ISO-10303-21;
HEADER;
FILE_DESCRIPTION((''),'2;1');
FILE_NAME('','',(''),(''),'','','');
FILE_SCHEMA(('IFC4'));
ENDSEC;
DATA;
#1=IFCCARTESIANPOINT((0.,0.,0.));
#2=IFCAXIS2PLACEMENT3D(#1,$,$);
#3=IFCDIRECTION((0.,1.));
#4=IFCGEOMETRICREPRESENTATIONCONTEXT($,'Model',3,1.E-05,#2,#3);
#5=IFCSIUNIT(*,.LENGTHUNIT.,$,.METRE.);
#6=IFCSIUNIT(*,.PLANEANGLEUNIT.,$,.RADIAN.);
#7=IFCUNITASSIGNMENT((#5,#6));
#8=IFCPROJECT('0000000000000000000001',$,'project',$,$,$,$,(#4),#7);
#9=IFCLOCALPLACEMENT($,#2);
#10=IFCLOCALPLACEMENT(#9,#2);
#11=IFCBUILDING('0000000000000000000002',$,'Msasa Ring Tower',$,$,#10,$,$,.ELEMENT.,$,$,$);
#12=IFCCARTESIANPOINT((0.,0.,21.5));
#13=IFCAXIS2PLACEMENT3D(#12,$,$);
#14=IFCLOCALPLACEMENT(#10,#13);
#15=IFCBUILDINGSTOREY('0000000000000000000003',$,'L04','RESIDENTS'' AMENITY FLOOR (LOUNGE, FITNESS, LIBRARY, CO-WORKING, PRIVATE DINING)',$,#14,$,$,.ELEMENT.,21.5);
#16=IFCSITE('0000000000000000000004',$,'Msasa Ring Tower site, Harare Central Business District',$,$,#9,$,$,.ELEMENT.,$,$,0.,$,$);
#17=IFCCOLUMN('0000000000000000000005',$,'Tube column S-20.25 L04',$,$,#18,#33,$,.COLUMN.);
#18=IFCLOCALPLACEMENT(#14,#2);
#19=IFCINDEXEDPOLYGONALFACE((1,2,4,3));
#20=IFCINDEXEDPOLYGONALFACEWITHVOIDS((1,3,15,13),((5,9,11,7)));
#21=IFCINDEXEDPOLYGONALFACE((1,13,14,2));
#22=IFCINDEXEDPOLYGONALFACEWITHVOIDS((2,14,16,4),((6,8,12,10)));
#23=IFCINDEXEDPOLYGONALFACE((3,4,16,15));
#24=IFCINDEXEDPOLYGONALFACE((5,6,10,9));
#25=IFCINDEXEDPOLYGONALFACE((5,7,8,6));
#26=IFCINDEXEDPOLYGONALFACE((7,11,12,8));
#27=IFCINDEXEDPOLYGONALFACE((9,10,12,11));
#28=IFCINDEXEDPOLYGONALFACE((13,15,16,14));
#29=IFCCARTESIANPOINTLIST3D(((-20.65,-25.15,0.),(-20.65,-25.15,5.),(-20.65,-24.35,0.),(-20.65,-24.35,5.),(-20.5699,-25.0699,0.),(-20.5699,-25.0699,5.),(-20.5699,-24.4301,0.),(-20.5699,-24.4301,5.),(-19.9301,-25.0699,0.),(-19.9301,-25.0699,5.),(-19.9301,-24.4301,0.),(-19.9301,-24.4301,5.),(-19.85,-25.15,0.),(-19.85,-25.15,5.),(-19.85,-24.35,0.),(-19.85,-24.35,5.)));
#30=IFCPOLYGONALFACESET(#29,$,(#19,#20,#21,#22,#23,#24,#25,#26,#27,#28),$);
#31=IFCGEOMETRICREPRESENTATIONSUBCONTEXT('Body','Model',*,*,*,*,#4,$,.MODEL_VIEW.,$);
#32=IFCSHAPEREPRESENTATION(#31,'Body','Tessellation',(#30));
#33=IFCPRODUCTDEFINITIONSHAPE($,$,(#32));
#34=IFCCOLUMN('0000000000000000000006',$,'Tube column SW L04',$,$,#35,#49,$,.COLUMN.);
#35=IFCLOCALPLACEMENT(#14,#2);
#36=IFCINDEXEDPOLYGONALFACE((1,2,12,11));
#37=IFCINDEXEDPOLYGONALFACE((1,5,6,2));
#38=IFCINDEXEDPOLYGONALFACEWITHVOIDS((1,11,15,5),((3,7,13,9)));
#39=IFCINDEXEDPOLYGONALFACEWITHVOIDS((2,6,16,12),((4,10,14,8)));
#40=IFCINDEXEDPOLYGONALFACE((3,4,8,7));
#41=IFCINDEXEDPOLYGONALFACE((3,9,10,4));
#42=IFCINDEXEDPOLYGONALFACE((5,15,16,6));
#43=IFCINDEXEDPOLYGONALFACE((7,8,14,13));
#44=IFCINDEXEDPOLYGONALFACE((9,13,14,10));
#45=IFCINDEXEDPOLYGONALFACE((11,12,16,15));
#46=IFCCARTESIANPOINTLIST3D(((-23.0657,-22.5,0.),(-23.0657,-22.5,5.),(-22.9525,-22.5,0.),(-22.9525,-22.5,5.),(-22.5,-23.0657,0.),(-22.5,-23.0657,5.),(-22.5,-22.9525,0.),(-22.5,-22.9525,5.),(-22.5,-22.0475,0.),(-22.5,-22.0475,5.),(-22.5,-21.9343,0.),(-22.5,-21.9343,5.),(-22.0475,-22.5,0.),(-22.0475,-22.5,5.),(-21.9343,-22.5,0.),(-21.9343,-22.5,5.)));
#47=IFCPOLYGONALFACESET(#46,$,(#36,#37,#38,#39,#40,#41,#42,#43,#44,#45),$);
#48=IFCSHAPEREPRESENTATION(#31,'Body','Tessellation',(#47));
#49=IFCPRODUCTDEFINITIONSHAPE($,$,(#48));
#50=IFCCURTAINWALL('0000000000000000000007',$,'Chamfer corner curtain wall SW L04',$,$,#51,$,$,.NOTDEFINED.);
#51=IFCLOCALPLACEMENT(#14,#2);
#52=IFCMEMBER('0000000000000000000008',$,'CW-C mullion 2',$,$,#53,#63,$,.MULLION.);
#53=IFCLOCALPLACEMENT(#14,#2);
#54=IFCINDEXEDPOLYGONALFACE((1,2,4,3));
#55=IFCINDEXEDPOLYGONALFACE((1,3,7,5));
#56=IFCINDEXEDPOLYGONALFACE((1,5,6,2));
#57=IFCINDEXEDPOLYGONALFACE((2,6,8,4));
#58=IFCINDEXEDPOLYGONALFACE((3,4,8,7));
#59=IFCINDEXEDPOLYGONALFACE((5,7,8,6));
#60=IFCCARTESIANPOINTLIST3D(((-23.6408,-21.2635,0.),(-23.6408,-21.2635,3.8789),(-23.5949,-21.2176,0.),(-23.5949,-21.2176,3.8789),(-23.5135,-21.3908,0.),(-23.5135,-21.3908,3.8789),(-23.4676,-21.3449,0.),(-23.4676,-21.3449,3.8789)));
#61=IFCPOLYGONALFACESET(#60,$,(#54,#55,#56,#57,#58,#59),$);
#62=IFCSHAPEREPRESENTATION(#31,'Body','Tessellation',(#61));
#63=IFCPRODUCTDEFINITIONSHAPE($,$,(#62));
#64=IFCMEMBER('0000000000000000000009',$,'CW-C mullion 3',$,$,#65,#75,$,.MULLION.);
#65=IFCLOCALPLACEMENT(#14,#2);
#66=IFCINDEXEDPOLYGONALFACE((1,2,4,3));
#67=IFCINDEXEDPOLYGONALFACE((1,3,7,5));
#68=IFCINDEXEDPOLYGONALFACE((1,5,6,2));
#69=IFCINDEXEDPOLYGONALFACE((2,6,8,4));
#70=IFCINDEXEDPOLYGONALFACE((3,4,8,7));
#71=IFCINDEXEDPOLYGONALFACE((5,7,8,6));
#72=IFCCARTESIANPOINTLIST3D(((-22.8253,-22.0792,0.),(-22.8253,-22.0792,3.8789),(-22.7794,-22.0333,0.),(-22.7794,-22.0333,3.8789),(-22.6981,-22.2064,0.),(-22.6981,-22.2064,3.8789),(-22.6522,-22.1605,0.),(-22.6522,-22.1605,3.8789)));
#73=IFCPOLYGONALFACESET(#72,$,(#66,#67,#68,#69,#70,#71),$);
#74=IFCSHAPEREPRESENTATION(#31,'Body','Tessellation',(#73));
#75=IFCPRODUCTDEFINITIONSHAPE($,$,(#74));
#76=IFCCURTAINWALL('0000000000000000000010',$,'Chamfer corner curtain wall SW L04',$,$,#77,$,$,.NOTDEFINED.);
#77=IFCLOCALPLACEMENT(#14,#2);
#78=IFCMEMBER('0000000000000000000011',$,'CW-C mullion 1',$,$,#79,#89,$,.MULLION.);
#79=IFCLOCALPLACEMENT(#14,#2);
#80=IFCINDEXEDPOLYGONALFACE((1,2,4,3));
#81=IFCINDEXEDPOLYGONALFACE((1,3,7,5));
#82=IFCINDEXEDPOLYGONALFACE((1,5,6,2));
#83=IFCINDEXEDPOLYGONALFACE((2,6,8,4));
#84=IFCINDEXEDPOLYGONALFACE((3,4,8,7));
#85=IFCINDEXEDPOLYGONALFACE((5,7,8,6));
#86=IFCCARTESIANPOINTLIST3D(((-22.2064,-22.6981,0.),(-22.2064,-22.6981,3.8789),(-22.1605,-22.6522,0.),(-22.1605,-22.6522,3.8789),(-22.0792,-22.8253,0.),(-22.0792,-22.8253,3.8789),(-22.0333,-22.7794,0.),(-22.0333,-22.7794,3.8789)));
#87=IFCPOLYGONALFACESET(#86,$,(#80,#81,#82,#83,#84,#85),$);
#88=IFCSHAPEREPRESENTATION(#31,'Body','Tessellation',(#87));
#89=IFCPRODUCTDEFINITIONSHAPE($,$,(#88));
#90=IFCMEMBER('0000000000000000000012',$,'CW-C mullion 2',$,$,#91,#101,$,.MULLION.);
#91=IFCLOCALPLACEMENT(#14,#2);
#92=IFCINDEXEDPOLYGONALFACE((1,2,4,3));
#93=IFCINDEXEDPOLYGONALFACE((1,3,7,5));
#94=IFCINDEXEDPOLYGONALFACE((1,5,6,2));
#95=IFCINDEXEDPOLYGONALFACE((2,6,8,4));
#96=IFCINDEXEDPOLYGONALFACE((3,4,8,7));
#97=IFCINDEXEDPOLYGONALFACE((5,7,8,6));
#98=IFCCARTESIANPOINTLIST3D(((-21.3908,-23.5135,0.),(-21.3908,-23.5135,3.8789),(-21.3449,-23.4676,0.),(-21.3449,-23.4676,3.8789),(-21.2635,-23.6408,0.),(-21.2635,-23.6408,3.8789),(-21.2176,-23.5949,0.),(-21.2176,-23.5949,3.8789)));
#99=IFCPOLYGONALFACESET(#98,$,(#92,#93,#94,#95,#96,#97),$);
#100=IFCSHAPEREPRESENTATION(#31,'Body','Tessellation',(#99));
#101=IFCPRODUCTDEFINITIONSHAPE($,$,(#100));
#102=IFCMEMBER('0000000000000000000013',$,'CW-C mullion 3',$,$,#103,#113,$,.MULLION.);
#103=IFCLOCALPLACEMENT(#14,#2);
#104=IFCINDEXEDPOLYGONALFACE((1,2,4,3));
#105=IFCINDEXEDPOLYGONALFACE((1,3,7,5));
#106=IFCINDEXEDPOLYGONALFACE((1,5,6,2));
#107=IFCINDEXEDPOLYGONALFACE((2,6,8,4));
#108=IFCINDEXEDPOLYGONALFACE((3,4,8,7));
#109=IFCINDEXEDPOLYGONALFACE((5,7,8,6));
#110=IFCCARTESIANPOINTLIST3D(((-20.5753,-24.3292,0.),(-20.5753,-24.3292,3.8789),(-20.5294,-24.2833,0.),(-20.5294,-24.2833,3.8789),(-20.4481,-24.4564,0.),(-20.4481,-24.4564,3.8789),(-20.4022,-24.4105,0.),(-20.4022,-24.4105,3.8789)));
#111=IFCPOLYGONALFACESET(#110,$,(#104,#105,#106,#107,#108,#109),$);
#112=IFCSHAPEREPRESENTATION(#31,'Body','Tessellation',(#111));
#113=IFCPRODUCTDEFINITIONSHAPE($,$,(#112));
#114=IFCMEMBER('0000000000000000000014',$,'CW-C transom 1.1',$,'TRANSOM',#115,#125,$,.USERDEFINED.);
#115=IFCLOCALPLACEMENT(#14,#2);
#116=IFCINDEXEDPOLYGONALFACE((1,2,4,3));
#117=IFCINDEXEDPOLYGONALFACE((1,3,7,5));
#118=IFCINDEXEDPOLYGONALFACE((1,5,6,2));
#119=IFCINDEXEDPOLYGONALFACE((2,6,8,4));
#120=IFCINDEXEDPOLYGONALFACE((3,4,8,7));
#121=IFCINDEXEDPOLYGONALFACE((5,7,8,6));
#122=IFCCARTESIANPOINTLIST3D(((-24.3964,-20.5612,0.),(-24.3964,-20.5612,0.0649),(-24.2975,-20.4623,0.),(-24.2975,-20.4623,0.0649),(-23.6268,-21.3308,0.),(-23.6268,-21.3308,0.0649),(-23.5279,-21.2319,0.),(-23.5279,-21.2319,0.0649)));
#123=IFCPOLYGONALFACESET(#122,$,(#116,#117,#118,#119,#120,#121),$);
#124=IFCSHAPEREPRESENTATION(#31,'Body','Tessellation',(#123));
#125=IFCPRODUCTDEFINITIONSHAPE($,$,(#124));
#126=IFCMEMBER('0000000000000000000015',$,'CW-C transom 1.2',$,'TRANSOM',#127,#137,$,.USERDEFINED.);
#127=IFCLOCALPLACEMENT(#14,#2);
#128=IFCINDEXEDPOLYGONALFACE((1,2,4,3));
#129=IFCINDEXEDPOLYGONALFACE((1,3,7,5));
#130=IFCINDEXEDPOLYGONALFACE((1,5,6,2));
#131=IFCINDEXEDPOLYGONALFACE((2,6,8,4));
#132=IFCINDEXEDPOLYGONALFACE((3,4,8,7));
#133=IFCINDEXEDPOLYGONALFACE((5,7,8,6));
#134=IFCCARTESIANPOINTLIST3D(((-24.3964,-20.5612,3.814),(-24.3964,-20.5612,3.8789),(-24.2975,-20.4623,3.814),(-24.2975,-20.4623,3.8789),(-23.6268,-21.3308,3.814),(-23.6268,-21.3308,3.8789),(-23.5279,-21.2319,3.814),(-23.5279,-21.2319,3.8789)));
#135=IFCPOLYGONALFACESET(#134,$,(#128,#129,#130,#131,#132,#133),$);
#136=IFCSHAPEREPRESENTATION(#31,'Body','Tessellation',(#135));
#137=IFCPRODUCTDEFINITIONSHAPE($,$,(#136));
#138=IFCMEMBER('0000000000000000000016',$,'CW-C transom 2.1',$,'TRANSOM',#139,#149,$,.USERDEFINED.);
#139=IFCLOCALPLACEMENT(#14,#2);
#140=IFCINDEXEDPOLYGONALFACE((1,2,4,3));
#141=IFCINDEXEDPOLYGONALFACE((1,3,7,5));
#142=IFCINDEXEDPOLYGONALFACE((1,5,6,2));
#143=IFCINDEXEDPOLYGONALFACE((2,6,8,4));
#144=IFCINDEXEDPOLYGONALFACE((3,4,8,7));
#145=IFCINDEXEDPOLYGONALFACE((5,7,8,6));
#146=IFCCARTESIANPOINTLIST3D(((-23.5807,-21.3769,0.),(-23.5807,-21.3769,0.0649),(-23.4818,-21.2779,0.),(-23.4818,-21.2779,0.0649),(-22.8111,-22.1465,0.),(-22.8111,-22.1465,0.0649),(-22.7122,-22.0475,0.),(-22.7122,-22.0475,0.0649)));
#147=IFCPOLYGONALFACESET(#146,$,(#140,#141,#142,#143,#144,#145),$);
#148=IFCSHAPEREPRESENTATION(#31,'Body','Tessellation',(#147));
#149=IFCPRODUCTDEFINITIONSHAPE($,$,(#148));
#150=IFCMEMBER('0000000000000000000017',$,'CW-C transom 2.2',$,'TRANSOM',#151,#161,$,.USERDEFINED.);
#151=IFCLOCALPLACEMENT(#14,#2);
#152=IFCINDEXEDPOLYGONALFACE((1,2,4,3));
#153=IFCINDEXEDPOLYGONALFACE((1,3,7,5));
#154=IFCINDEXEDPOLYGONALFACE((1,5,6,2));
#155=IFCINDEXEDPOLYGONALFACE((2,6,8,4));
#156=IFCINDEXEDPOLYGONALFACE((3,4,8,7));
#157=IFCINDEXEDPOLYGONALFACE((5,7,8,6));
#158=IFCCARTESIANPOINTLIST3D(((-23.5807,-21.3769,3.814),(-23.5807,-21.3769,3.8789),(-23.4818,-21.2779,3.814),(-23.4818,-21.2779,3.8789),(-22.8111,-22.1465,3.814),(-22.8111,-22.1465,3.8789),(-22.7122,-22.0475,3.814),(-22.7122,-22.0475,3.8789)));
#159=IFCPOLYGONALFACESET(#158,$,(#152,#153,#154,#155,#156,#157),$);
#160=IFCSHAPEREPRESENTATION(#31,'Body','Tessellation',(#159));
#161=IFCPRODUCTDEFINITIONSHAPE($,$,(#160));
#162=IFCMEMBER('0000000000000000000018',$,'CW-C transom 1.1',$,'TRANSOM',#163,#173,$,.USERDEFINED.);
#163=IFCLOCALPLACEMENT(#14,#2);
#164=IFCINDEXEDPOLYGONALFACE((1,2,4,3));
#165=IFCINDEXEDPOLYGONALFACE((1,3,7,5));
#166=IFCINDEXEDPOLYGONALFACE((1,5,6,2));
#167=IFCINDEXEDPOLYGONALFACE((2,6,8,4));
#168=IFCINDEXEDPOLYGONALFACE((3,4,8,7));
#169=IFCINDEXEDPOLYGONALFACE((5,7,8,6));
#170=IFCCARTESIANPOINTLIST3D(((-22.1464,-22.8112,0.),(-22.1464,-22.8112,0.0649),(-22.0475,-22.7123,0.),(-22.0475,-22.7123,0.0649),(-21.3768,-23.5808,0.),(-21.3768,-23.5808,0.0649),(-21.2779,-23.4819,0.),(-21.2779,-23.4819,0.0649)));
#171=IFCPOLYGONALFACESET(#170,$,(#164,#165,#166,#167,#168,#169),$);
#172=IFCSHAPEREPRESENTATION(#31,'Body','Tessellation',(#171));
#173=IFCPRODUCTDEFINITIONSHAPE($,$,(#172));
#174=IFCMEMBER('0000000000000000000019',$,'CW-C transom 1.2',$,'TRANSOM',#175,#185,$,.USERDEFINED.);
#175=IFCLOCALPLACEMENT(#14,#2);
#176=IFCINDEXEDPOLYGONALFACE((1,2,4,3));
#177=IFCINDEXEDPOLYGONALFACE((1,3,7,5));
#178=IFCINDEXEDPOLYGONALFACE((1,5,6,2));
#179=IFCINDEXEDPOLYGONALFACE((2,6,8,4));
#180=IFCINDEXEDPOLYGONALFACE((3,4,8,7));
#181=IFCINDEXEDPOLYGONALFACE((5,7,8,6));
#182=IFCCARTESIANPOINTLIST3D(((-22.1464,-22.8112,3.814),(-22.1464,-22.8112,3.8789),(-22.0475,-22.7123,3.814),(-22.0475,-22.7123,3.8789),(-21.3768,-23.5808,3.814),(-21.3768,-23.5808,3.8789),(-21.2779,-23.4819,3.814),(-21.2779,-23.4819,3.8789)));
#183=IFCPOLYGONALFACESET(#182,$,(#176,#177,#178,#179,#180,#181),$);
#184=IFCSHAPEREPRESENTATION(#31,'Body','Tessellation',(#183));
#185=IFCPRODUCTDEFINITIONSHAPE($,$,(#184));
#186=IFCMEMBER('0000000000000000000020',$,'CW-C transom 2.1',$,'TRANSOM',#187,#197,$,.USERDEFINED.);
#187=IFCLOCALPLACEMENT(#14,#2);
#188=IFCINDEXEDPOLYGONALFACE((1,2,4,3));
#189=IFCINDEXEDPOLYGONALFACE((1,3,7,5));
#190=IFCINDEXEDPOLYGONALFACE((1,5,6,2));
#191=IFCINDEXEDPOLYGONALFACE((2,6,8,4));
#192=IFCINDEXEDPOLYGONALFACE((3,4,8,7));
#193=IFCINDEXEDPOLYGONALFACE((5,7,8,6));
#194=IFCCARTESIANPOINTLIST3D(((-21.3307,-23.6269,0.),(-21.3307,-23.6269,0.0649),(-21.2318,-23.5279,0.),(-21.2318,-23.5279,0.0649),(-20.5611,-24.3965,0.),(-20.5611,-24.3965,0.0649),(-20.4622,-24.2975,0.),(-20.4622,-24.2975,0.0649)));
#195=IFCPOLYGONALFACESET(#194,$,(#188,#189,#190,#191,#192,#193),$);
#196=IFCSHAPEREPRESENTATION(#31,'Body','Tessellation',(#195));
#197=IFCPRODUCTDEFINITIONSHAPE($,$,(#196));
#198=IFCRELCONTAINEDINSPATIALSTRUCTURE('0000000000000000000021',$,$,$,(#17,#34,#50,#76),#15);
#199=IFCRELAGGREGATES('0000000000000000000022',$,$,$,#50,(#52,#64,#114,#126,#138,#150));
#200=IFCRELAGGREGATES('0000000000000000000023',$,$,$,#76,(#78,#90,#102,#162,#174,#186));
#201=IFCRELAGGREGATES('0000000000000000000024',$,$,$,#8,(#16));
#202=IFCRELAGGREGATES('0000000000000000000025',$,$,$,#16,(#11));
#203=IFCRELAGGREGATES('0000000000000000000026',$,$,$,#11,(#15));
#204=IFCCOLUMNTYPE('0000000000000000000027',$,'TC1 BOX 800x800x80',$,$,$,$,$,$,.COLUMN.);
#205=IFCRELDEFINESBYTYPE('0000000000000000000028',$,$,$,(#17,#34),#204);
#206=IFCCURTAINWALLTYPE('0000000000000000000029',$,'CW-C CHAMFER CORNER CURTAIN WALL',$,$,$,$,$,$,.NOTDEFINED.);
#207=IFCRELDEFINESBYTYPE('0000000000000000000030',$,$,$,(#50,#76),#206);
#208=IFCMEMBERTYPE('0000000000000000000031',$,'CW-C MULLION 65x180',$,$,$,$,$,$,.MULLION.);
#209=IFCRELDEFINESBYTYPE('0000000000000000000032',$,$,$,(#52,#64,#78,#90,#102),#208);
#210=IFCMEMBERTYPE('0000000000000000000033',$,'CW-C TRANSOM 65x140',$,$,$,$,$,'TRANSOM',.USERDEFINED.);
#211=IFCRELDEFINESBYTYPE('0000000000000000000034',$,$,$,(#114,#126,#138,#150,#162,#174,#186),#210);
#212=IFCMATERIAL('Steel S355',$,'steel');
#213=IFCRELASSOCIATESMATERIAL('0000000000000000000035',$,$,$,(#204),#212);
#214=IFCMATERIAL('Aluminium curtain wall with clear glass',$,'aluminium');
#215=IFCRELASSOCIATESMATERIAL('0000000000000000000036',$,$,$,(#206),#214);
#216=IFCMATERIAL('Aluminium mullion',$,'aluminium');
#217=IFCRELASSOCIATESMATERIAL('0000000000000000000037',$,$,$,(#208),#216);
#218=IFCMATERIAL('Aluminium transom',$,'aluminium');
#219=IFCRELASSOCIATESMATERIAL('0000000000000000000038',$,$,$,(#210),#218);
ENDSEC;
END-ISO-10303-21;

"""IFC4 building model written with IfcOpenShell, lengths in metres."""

from ifc_helpers import new_model, si_unit, direction, frame, origin, origin_2d, place, context, subcontext, project, spatial, rectangle, hollow_rectangle, extrude, material, material_profile, profile_set, type_object, element, aggregate, save


model = new_model("IFC4")

# Units and contexts
model_context = context("Model", 3, precision=1e-05, world=origin(), true_north=direction((0.0, 1.0)))
body_context = subcontext(model_context, "Body", "Model", "MODEL_VIEW")
ifc_project = project(units=[si_unit("LENGTHUNIT", "METRE"), si_unit("PLANEANGLEUNIT", "RADIAN")], contexts=[model_context])

# Site, building, storey
site_placement = place(None, origin())
site = spatial("IfcSite", under=ifc_project, at=site_placement, Name="Msasa Ring Tower site, Harare Central Business District", CompositionType="ELEMENT", RefElevation=0.0)
building_placement = place(site_placement, origin())
building = spatial("IfcBuilding", under=site, at=building_placement, Name="Msasa Ring Tower", CompositionType="ELEMENT")
storey_placement = place(building_placement, frame((0.0, 0.0, 21.5)))
storey = spatial("IfcBuildingStorey", under=building, at=storey_placement, Name="L04", Description="RESIDENTS' AMENITY FLOOR (LOUNGE, FITNESS, LIBRARY, CO-WORKING, PRIVATE DINING)", CompositionType="ELEMENT", Elevation=21.5)

# Columns
ifc_material_1 = material(Name="Steel S355", Category="steel")
ifc_material_profile_1 = material_profile(ifc_material_1, hollow_rectangle(XDim=0.8, YDim=0.8, WallThickness=0.0801, at=origin_2d()), Name="BOX 800x800x80")
ifc_profile_set_1 = profile_set([ifc_material_profile_1], Name="Steel S355")
column_type = type_object("IfcColumnType", Name="TC1 BOX 800x800x80", PredefinedType="COLUMN", material=ifc_profile_set_1)
for number, where, z_axis, x_axis, name in (
    (1, (-20.25, -24.75, 0.0), (0.0, 0.0, 1.0), (0.0, 1.0, 0.0), "Tube column S-20.25 L04"),
    (2, (-22.5, -22.5, 0.0), (0.0, 0.0, 1.0), (0.707107, 0.707107, 0.0), "Tube column SW L04"),
):
    element("IfcColumn", number, at=place(storey_placement, frame(where, z_axis=z_axis, x_axis=x_axis)), inside=storey, type_object=column_type, Name=name, PredefinedType="COLUMN", context=body_context, shape_type="SweptSolid", body=[
        extrude(hollow_rectangle(XDim=0.8, YDim=0.8, WallThickness=0.0801, at=origin_2d()), origin(), (0.0, 0.0, 1.0), 5.0),
    ])

# Curtain walls, members
ifc_material_2 = material(Name="Aluminium curtain wall with clear glass", Category="aluminium")
curtain_wall_type = type_object("IfcCurtainWallType", Name="CW-C CHAMFER CORNER CURTAIN WALL", PredefinedType="NOTDEFINED", material=ifc_material_2)
curtain_wall_1_placement = place(storey_placement, origin())
curtain_wall_1 = element("IfcCurtainWall", 3, at=curtain_wall_1_placement, inside=storey, type_object=curtain_wall_type, Name="Chamfer corner curtain wall SW L04", PredefinedType="NOTDEFINED")
ifc_material_3 = material(Name="Aluminium mullion", Category="aluminium")
ifc_material_profile_2 = material_profile(ifc_material_3, rectangle(XDim=0.0649, YDim=0.1799, at=origin_2d()), Name="AL 65x180")
ifc_profile_set_2 = profile_set([ifc_material_profile_2], Name="Aluminium mullion")
member_type_1 = type_object("IfcMemberType", Name="CW-C MULLION 65x180", PredefinedType="MULLION", material=ifc_profile_set_2)
member_1_placement = place(storey_placement, frame((-23.5542, -21.3042, 0.0), z_axis=(0.0, 0.0, 1.0), x_axis=(0.707107, 0.707107, 0.0)))
member_1 = element("IfcMember", 4, at=member_1_placement, type_object=member_type_1, Name="CW-C mullion 2", PredefinedType="MULLION", context=body_context, shape_type="SweptSolid", body=[
    extrude(rectangle(XDim=0.0649, YDim=0.1799, at=origin_2d()), origin(), (0.0, 0.0, 1.0), 3.8789),
])
member_2_placement = place(storey_placement, frame((-22.7388, -22.1199, 0.0), z_axis=(0.0, 0.0, 1.0), x_axis=(0.707107, 0.707107, 0.0)))
member_2 = element("IfcMember", 5, at=member_2_placement, type_object=member_type_1, Name="CW-C mullion 3", PredefinedType="MULLION", context=body_context, shape_type="SweptSolid", body=[
    extrude(rectangle(XDim=0.0649, YDim=0.1799, at=origin_2d()), origin(), (0.0, 0.0, 1.0), 3.8789),
])
curtain_wall_2_placement = place(storey_placement, origin())
curtain_wall_2 = element("IfcCurtainWall", 6, at=curtain_wall_2_placement, inside=storey, type_object=curtain_wall_type, Name="Chamfer corner curtain wall SW L04", PredefinedType="NOTDEFINED")
member_3_placement = place(storey_placement, frame((-22.1199, -22.7388, 0.0), z_axis=(0.0, 0.0, 1.0), x_axis=(0.707107, 0.707107, 0.0)))
member_3 = element("IfcMember", 7, at=member_3_placement, type_object=member_type_1, Name="CW-C mullion 1", PredefinedType="MULLION", context=body_context, shape_type="SweptSolid", body=[
    extrude(rectangle(XDim=0.0649, YDim=0.1799, at=origin_2d()), origin(), (0.0, 0.0, 1.0), 3.8789),
])
member_4_placement = place(storey_placement, frame((-21.3042, -23.5542, 0.0), z_axis=(0.0, 0.0, 1.0), x_axis=(0.707107, 0.707107, 0.0)))
member_4 = element("IfcMember", 8, at=member_4_placement, type_object=member_type_1, Name="CW-C mullion 2", PredefinedType="MULLION", context=body_context, shape_type="SweptSolid", body=[
    extrude(rectangle(XDim=0.0649, YDim=0.1799, at=origin_2d()), origin(), (0.0, 0.0, 1.0), 3.8789),
])
member_5_placement = place(storey_placement, frame((-20.4888, -24.3699, 0.0), z_axis=(0.0, 0.0, 1.0), x_axis=(0.707107, 0.707107, 0.0)))
member_5 = element("IfcMember", 9, at=member_5_placement, type_object=member_type_1, Name="CW-C mullion 3", PredefinedType="MULLION", context=body_context, shape_type="SweptSolid", body=[
    extrude(rectangle(XDim=0.0649, YDim=0.1799, at=origin_2d()), origin(), (0.0, 0.0, 1.0), 3.8789),
])

# Members
ifc_material_4 = material(Name="Aluminium transom", Category="aluminium")
ifc_material_profile_3 = material_profile(ifc_material_4, rectangle(XDim=0.1399, YDim=0.0649, at=origin_2d()), Name="AL 65x140")
ifc_profile_set_3 = profile_set([ifc_material_profile_3], Name="Aluminium transom")
member_type_2 = type_object("IfcMemberType", Name="CW-C TRANSOM 65x140", ElementType="TRANSOM", PredefinedType="USERDEFINED", material=ifc_profile_set_3)
member_6_placement = place(storey_placement, frame((-24.3469, -20.5117, 0.0325), z_axis=(0.707107, -0.707107, 0.0), x_axis=(0.707107, 0.707107, 0.0)))
member_6 = element("IfcMember", 10, at=member_6_placement, type_object=member_type_2, Name="CW-C transom 1.1", ObjectType="TRANSOM", PredefinedType="USERDEFINED", context=body_context, shape_type="SweptSolid", body=[
    extrude(rectangle(XDim=0.1399, YDim=0.0649, at=origin_2d()), origin(), (0.0, 0.0, 1.0), 1.0884),
])
member_7_placement = place(storey_placement, frame((-24.3469, -20.5117, 3.8464), z_axis=(0.707107, -0.707107, 0.0), x_axis=(0.707107, 0.707107, 0.0)))
member_7 = element("IfcMember", 11, at=member_7_placement, type_object=member_type_2, Name="CW-C transom 1.2", ObjectType="TRANSOM", PredefinedType="USERDEFINED", context=body_context, shape_type="SweptSolid", body=[
    extrude(rectangle(XDim=0.1399, YDim=0.0649, at=origin_2d()), origin(), (0.0, 0.0, 1.0), 1.0884),
])
member_8_placement = place(storey_placement, frame((-23.5312, -21.3274, 0.0325), z_axis=(0.707107, -0.707107, 0.0), x_axis=(0.707107, 0.707107, 0.0)))
member_8 = element("IfcMember", 12, at=member_8_placement, type_object=member_type_2, Name="CW-C transom 2.1", ObjectType="TRANSOM", PredefinedType="USERDEFINED", context=body_context, shape_type="SweptSolid", body=[
    extrude(rectangle(XDim=0.1399, YDim=0.0649, at=origin_2d()), origin(), (0.0, 0.0, 1.0), 1.0884),
])
member_9_placement = place(storey_placement, frame((-23.5312, -21.3274, 3.8464), z_axis=(0.707107, -0.707107, 0.0), x_axis=(0.707107, 0.707107, 0.0)))
member_9 = element("IfcMember", 13, at=member_9_placement, type_object=member_type_2, Name="CW-C transom 2.2", ObjectType="TRANSOM", PredefinedType="USERDEFINED", context=body_context, shape_type="SweptSolid", body=[
    extrude(rectangle(XDim=0.1399, YDim=0.0649, at=origin_2d()), origin(), (0.0, 0.0, 1.0), 1.0884),
])
member_10_placement = place(storey_placement, frame((-22.0969, -22.7617, 0.0325), z_axis=(0.707107, -0.707107, 0.0), x_axis=(0.707107, 0.707107, 0.0)))
member_10 = element("IfcMember", 14, at=member_10_placement, type_object=member_type_2, Name="CW-C transom 1.1", ObjectType="TRANSOM", PredefinedType="USERDEFINED", context=body_context, shape_type="SweptSolid", body=[
    extrude(rectangle(XDim=0.1399, YDim=0.0649, at=origin_2d()), origin(), (0.0, 0.0, 1.0), 1.0884),
])
member_11_placement = place(storey_placement, frame((-22.0969, -22.7617, 3.8464), z_axis=(0.707107, -0.707107, 0.0), x_axis=(0.707107, 0.707107, 0.0)))
member_11 = element("IfcMember", 15, at=member_11_placement, type_object=member_type_2, Name="CW-C transom 1.2", ObjectType="TRANSOM", PredefinedType="USERDEFINED", context=body_context, shape_type="SweptSolid", body=[
    extrude(rectangle(XDim=0.1399, YDim=0.0649, at=origin_2d()), origin(), (0.0, 0.0, 1.0), 1.0884),
])
member_12_placement = place(storey_placement, frame((-21.2812, -23.5774, 0.0325), z_axis=(0.707107, -0.707107, 0.0), x_axis=(0.707107, 0.707107, 0.0)))
member_12 = element("IfcMember", 16, at=member_12_placement, type_object=member_type_2, Name="CW-C transom 2.1", ObjectType="TRANSOM", PredefinedType="USERDEFINED", context=body_context, shape_type="SweptSolid", body=[
    extrude(rectangle(XDim=0.1399, YDim=0.0649, at=origin_2d()), origin(), (0.0, 0.0, 1.0), 1.0884),
])

aggregate(curtain_wall_1, [member_1, member_2, member_6, member_7, member_8, member_9])
aggregate(curtain_wall_2, [member_3, member_4, member_5, member_10, member_11, member_12])

save(model, "model.ifc")
